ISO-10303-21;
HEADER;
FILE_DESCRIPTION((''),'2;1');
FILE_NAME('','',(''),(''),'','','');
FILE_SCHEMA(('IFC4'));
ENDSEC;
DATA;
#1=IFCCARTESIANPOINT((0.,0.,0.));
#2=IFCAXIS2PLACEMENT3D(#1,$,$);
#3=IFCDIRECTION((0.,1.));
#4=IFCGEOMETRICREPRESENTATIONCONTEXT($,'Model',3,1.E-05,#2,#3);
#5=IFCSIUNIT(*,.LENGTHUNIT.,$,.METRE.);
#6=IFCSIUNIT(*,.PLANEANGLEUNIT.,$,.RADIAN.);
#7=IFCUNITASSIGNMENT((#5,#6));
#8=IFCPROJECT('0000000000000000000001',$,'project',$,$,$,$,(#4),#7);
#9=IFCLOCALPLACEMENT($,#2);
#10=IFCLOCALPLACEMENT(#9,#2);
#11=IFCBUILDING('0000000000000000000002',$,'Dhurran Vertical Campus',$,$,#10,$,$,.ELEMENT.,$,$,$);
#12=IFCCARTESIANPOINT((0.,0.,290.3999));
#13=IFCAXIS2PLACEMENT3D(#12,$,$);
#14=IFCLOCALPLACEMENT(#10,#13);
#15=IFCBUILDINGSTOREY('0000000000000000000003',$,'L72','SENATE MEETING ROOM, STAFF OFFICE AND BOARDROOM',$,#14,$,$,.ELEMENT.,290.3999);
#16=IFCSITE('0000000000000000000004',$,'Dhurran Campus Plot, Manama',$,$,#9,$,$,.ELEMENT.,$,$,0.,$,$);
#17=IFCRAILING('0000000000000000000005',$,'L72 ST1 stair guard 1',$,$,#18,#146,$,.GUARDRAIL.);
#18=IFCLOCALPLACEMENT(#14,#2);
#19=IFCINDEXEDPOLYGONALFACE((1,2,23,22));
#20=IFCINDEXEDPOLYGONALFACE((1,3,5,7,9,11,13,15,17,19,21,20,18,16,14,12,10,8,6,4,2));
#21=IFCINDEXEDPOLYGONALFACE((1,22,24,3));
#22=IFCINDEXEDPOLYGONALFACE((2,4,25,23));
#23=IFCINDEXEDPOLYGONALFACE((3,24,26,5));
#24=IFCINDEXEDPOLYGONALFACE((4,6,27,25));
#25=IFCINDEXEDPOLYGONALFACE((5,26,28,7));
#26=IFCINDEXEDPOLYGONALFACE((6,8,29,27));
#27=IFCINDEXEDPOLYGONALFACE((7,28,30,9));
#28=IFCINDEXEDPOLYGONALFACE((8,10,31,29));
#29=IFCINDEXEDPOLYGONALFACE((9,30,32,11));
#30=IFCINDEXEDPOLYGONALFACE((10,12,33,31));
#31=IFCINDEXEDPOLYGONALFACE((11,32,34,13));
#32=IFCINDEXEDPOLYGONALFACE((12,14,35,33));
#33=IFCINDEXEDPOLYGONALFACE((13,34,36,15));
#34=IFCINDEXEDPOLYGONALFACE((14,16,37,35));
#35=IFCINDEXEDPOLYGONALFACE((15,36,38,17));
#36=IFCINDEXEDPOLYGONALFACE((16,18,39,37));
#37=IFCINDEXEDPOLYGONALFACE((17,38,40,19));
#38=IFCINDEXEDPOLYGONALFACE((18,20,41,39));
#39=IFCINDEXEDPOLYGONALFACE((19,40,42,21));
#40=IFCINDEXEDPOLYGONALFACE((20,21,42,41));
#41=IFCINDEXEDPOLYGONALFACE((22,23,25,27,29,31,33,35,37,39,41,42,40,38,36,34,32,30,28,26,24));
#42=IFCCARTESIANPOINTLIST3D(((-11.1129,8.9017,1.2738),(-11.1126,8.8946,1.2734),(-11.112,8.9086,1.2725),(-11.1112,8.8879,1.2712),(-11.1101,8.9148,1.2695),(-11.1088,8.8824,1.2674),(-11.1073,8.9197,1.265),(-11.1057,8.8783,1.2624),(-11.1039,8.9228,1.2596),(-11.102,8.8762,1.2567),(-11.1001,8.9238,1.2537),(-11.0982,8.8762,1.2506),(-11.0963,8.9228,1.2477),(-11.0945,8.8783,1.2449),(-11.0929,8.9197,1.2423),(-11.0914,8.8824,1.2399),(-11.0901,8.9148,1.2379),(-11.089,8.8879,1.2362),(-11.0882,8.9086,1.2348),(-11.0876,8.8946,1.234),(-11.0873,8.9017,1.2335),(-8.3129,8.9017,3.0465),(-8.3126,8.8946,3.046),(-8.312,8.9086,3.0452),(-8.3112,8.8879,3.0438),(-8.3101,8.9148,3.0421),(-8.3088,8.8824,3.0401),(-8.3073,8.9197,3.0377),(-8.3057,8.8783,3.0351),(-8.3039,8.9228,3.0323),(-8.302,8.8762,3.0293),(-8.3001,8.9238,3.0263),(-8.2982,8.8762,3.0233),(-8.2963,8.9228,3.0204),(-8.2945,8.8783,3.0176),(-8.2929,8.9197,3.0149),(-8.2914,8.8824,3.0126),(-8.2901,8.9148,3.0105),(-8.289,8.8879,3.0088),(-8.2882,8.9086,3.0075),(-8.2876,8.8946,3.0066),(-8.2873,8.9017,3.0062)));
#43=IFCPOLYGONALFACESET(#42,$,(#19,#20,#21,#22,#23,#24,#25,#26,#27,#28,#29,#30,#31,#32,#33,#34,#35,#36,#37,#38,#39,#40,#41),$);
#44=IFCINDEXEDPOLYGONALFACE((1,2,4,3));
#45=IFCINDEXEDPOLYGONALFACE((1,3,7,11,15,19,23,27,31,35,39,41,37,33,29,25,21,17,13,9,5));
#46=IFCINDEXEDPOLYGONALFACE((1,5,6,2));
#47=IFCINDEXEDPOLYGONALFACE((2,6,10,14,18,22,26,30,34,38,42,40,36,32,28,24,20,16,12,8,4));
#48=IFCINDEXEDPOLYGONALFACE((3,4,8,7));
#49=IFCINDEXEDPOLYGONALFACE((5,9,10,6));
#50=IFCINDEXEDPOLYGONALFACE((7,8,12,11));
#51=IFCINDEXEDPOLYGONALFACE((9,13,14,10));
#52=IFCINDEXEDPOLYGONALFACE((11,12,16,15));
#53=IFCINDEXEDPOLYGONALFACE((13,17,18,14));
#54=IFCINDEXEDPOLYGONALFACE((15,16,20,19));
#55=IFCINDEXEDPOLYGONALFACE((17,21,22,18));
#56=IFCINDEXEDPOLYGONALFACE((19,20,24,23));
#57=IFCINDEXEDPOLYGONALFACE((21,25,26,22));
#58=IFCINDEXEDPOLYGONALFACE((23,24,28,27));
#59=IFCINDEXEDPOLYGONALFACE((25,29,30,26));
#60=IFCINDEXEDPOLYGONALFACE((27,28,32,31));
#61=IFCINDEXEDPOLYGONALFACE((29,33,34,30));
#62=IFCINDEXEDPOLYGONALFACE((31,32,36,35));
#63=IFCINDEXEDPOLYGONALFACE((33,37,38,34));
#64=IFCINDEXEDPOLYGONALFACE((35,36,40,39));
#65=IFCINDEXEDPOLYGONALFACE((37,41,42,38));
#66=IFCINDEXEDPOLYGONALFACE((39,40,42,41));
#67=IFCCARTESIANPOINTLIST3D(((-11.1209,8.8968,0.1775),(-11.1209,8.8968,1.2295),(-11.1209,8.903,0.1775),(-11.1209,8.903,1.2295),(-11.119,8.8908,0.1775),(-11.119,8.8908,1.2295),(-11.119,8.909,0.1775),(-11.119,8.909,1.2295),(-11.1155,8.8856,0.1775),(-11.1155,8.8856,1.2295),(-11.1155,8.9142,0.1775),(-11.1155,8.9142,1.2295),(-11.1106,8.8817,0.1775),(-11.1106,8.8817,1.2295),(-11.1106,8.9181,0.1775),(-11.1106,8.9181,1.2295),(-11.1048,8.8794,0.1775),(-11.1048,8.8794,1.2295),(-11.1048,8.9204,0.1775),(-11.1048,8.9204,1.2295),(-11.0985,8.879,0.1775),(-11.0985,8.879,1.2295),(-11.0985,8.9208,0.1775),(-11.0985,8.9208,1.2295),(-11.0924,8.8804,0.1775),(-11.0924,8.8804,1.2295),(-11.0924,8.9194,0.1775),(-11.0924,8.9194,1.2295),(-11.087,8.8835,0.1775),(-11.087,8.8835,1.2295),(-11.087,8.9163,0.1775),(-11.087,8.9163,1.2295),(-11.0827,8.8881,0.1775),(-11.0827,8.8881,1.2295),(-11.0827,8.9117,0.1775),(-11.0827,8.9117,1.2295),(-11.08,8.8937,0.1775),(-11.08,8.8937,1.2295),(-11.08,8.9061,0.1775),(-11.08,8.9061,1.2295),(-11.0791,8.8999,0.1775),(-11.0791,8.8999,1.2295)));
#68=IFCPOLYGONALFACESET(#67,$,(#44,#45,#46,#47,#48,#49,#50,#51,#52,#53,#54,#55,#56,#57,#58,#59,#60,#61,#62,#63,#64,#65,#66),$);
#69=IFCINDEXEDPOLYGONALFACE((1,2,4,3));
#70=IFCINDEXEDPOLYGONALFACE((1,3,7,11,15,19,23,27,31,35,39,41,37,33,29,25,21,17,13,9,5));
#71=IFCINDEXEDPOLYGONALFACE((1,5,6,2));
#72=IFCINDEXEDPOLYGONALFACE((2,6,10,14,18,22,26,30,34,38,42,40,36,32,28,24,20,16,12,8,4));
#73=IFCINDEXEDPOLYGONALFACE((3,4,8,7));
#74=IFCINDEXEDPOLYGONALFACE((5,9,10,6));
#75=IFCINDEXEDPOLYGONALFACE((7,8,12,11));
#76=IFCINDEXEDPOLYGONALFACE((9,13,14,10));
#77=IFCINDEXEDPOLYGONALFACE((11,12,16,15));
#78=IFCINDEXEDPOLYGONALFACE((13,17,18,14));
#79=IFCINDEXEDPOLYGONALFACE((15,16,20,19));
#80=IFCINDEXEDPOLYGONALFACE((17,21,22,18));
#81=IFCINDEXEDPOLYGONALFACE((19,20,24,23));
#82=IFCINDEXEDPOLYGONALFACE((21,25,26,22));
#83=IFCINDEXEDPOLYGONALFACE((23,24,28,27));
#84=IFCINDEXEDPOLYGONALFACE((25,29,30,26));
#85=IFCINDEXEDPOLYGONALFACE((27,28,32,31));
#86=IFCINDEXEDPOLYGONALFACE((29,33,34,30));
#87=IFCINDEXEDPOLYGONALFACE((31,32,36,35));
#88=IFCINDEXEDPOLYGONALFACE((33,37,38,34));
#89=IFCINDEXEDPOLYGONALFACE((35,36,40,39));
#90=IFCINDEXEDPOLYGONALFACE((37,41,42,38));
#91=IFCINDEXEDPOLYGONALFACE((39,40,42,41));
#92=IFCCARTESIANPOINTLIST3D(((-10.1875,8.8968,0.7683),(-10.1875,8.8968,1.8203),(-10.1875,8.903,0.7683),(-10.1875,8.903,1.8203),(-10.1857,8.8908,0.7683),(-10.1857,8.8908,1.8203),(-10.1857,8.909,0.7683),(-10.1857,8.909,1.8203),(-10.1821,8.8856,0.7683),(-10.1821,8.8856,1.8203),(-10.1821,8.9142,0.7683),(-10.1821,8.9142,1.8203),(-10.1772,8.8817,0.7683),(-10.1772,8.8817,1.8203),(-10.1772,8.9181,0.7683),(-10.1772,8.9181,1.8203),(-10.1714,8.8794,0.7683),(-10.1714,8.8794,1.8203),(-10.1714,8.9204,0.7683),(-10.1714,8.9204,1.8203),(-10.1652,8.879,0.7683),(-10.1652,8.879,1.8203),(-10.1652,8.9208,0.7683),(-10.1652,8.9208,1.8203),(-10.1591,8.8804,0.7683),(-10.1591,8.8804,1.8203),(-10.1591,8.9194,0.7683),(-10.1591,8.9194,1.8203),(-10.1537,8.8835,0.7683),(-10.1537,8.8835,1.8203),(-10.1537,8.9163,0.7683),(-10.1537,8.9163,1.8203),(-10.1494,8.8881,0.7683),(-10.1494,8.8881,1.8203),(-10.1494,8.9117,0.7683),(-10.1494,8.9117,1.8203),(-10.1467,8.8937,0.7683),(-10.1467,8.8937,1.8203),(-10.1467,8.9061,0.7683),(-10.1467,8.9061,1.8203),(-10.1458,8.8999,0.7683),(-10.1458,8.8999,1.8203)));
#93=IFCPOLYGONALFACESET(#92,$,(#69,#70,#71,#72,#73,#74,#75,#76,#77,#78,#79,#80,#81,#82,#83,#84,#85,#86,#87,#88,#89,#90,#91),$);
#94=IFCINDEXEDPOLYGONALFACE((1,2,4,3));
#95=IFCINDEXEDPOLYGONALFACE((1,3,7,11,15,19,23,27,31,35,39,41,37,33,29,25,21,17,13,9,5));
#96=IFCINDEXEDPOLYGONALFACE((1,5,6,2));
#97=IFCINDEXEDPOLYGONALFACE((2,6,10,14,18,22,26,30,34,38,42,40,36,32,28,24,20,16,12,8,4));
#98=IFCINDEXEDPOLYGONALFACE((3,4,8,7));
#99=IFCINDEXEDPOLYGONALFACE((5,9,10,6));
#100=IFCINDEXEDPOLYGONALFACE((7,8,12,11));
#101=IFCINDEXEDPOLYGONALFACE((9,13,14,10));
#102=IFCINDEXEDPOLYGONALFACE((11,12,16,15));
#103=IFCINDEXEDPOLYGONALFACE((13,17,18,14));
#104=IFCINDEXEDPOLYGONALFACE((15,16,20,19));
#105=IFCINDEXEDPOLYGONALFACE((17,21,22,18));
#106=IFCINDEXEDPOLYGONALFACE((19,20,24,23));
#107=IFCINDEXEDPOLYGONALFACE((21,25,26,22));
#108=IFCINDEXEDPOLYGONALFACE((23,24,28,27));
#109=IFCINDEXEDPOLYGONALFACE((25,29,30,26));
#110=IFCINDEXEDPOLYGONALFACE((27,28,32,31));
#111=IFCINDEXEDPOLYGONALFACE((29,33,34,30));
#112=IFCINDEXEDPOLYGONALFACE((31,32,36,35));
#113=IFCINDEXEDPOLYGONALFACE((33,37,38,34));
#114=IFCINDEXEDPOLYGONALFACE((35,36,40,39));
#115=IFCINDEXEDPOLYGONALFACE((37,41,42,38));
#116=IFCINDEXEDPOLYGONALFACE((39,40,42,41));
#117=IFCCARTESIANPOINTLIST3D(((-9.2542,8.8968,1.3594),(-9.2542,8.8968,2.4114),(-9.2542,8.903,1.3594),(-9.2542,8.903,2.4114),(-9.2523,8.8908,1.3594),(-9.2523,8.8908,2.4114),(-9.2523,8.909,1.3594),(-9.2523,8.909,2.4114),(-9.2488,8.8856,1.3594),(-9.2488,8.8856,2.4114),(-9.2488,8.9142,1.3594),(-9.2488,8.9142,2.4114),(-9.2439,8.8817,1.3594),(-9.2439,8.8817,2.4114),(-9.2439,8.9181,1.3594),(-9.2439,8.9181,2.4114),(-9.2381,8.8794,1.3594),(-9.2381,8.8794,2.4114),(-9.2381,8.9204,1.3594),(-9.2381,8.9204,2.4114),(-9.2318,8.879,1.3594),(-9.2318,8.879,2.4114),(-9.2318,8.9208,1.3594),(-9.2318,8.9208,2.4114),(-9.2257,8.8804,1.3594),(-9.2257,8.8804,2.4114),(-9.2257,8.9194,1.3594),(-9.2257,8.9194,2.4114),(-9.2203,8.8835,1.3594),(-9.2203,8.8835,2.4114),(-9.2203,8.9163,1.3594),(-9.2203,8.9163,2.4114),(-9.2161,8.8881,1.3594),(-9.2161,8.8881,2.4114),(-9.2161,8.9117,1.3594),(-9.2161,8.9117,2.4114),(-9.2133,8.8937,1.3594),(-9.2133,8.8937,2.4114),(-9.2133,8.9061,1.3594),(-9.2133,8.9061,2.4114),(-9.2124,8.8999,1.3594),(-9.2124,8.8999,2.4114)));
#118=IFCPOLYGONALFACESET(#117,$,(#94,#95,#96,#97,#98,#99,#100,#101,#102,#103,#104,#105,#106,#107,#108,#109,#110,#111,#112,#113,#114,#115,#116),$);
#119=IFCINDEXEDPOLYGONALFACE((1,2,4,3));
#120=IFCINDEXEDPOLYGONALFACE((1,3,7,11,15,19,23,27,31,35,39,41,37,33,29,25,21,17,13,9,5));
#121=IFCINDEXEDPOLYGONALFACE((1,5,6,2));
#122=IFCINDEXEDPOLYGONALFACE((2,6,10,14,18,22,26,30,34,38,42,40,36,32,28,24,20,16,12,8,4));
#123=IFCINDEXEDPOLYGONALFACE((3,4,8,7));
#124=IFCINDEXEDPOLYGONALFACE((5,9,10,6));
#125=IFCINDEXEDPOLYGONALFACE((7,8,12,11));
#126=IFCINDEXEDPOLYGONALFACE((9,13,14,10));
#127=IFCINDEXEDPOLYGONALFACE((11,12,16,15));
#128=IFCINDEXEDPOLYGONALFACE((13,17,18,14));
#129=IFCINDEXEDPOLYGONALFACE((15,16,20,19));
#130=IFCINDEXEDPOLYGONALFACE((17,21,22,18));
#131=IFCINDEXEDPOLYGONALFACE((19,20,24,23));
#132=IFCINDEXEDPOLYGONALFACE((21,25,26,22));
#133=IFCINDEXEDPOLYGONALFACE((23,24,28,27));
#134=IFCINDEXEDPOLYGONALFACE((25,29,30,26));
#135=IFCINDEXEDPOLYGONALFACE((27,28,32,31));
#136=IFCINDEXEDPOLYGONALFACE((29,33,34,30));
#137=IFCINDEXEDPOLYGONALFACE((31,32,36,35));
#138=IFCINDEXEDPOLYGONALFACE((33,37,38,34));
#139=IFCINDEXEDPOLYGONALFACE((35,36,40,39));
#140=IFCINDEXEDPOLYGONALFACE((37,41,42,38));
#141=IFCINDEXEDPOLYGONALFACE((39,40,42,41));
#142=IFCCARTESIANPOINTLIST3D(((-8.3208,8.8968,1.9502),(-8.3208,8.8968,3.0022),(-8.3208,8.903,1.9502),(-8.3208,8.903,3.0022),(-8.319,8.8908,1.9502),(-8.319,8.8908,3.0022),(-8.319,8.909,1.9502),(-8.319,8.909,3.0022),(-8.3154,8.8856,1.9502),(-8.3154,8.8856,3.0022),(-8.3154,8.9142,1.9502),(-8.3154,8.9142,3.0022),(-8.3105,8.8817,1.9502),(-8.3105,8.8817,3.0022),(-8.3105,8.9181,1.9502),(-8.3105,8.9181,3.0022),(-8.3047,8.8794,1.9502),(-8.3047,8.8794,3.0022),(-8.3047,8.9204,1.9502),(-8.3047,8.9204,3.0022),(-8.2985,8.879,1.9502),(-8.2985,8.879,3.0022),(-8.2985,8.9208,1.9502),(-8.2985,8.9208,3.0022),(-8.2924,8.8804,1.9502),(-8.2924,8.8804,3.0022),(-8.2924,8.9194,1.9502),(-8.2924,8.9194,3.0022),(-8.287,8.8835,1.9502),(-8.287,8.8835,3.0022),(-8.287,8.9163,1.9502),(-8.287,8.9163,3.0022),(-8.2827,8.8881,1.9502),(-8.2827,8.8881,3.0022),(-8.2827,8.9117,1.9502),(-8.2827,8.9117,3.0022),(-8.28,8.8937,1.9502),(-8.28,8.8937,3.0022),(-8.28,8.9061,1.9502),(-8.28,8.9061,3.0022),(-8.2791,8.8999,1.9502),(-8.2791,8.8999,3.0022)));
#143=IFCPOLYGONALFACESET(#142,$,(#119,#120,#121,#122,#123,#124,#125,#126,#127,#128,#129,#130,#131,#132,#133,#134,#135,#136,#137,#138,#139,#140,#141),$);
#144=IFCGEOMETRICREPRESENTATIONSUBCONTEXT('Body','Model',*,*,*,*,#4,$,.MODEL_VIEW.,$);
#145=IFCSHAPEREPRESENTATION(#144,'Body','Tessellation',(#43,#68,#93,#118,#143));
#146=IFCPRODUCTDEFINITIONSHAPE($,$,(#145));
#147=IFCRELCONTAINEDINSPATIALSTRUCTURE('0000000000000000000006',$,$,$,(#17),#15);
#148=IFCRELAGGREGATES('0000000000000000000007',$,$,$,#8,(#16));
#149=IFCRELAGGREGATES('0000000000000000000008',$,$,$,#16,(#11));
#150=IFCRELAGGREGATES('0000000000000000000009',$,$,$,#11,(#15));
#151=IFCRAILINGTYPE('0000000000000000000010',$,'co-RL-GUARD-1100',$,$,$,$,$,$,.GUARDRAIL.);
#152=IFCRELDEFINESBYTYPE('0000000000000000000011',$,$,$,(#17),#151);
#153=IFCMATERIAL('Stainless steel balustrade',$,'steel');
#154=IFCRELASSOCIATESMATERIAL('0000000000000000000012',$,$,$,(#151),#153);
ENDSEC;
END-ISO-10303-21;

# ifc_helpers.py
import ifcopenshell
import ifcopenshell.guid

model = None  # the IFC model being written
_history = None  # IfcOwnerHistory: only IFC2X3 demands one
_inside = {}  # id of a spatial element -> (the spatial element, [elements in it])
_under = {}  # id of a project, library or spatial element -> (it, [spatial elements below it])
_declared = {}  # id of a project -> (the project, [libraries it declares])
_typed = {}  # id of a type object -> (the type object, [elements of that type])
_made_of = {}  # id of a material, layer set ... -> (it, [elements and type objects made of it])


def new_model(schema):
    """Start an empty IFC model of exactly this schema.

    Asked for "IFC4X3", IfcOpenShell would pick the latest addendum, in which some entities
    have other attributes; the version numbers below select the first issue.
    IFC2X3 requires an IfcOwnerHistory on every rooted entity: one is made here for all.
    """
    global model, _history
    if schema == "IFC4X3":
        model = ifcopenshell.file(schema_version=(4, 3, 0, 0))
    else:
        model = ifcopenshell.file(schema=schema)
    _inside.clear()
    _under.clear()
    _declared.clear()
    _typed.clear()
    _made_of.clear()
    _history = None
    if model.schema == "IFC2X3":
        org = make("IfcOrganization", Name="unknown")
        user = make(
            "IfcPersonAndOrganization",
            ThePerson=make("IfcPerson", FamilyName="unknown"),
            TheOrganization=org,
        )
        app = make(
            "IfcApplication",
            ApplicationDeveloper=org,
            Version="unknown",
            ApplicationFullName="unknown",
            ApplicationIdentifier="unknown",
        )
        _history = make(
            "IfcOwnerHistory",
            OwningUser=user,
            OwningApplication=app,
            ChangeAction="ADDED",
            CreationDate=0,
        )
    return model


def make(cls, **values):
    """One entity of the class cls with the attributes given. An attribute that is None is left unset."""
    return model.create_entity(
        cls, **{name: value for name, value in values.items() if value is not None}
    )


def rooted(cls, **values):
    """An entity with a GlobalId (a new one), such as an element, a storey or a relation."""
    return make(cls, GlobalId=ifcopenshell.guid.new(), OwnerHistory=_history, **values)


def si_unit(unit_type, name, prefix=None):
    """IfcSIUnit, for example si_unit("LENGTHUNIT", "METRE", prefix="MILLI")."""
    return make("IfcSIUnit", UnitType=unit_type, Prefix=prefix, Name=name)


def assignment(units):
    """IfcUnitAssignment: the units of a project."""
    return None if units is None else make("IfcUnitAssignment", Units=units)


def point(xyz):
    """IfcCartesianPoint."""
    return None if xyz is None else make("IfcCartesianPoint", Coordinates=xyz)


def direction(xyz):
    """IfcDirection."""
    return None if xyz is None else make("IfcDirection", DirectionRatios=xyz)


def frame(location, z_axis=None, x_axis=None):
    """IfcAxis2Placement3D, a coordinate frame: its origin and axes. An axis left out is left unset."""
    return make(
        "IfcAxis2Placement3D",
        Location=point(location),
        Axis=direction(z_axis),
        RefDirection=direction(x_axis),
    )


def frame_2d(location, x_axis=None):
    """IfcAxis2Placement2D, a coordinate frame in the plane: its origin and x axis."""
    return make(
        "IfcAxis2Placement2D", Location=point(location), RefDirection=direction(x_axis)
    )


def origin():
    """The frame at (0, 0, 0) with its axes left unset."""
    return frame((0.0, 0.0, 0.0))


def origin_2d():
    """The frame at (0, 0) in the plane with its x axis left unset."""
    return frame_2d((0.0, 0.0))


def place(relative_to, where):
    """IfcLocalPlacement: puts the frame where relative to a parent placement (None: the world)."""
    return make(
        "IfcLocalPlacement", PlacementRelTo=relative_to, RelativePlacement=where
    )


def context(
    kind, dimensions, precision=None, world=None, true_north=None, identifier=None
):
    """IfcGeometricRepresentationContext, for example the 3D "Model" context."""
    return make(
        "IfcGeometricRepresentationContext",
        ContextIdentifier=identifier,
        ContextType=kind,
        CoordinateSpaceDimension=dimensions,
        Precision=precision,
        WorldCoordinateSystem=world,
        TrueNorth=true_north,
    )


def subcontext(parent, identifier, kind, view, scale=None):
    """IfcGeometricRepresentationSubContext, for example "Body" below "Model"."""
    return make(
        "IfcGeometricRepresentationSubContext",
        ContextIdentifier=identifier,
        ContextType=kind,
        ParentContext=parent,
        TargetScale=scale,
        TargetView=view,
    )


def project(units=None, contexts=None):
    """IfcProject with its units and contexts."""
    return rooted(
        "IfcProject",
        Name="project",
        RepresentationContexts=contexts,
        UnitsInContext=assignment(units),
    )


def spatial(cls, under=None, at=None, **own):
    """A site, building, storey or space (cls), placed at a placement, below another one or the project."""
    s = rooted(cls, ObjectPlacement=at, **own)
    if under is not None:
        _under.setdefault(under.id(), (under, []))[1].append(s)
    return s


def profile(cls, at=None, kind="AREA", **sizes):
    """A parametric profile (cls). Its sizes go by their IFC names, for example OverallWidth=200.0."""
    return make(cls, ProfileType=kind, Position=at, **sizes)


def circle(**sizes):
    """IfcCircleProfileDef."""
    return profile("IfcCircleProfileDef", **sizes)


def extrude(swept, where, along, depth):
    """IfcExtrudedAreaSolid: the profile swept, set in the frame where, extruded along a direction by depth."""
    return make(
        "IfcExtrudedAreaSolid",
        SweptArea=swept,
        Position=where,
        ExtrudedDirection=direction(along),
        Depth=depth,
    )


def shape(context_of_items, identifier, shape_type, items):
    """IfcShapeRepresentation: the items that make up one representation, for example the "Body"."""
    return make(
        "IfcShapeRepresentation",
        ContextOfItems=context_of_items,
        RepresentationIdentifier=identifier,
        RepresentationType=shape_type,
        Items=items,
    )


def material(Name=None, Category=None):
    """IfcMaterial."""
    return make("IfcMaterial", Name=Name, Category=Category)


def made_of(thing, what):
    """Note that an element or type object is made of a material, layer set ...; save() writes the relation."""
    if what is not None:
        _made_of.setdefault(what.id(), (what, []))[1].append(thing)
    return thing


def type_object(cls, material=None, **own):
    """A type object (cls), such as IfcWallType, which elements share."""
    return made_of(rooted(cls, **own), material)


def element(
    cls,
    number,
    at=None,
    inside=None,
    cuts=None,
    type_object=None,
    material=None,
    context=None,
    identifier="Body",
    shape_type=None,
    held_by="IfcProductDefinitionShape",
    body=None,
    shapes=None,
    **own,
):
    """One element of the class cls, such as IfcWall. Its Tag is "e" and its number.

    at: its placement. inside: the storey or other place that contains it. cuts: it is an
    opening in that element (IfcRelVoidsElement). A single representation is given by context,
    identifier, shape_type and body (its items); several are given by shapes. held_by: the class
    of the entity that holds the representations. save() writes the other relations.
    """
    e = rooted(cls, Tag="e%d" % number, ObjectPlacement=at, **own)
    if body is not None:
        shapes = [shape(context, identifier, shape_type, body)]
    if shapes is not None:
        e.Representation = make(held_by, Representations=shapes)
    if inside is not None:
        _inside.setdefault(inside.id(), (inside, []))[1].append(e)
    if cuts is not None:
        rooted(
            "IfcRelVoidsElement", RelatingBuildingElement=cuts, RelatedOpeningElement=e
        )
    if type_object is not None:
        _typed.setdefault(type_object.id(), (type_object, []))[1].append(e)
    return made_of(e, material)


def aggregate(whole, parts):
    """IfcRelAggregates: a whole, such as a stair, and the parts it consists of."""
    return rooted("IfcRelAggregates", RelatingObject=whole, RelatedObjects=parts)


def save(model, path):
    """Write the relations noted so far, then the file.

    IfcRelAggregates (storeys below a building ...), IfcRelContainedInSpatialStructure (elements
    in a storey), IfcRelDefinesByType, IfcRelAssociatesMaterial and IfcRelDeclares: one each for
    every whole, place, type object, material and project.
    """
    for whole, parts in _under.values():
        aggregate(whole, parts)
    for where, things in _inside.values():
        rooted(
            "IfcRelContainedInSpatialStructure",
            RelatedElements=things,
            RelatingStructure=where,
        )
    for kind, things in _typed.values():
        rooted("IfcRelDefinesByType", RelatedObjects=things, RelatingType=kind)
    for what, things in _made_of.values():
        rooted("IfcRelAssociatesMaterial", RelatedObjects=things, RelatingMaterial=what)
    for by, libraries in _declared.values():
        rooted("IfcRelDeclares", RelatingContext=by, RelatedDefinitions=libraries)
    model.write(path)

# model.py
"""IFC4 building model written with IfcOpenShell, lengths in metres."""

from ifc_helpers import new_model, si_unit, direction, frame, origin, origin_2d, place, context, subcontext, project, spatial, circle, extrude, material, type_object, element, save


model = new_model("IFC4")

# Units and contexts
model_context = context("Model", 3, precision=1e-05, world=origin(), true_north=direction((0.0, 1.0)))
body_context = subcontext(model_context, "Body", "Model", "MODEL_VIEW")
ifc_project = project(units=[si_unit("LENGTHUNIT", "METRE"), si_unit("PLANEANGLEUNIT", "RADIAN")], contexts=[model_context])

# Site, building, storey
site_placement = place(None, origin())
site = spatial("IfcSite", under=ifc_project, at=site_placement, Name="Dhurran Campus Plot, Manama", CompositionType="ELEMENT", RefElevation=0.0)
building_placement = place(site_placement, origin())
building = spatial("IfcBuilding", under=site, at=building_placement, Name="Dhurran Vertical Campus", CompositionType="ELEMENT")
storey_placement = place(building_placement, frame((0.0, 0.0, 290.3999)))
storey = spatial("IfcBuildingStorey", under=building, at=storey_placement, Name="L72", Description="SENATE MEETING ROOM, STAFF OFFICE AND BOARDROOM", CompositionType="ELEMENT", Elevation=290.3999)

# Railing
ifc_material_1 = material(Name="Stainless steel balustrade", Category="steel")
railing_type_1 = type_object("IfcRailingType", Name="co-RL-GUARD-1100", PredefinedType="GUARDRAIL", material=ifc_material_1)
railing_1_placement = place(storey_placement, frame((-11.1001, 8.8999, 0.1775)))
element("IfcRailing", 1, at=railing_1_placement, inside=storey, type_object=railing_type_1, Name="L72 ST1 stair guard 1", PredefinedType="GUARDRAIL", context=body_context, shape_type="SweptSolid", body=[
    extrude(circle(Radius=0.0239, at=origin_2d()), frame((0.0, 0.0, 1.0762), z_axis=(0.844909, 0.0, 0.53491), x_axis=(0.0, 1.0, 0.0)), (0.0, 0.0, 1.0), 3.314),
    extrude(circle(Radius=0.021, at=origin_2d()), origin(), (0.0, 0.0, 1.0), 1.052),
    extrude(circle(Radius=0.021, at=origin_2d()), frame((0.9333, 0.0, 0.5908)), (0.0, 0.0, 1.0), 1.052),
    extrude(circle(Radius=0.021, at=origin_2d()), frame((1.8667, 0.0, 1.1819)), (0.0, 0.0, 1.0), 1.052),
    extrude(circle(Radius=0.021, at=origin_2d()), frame((2.8, 0.0, 1.7727)), (0.0, 0.0, 1.0), 1.052),
])

save(model, "model.ifc")
